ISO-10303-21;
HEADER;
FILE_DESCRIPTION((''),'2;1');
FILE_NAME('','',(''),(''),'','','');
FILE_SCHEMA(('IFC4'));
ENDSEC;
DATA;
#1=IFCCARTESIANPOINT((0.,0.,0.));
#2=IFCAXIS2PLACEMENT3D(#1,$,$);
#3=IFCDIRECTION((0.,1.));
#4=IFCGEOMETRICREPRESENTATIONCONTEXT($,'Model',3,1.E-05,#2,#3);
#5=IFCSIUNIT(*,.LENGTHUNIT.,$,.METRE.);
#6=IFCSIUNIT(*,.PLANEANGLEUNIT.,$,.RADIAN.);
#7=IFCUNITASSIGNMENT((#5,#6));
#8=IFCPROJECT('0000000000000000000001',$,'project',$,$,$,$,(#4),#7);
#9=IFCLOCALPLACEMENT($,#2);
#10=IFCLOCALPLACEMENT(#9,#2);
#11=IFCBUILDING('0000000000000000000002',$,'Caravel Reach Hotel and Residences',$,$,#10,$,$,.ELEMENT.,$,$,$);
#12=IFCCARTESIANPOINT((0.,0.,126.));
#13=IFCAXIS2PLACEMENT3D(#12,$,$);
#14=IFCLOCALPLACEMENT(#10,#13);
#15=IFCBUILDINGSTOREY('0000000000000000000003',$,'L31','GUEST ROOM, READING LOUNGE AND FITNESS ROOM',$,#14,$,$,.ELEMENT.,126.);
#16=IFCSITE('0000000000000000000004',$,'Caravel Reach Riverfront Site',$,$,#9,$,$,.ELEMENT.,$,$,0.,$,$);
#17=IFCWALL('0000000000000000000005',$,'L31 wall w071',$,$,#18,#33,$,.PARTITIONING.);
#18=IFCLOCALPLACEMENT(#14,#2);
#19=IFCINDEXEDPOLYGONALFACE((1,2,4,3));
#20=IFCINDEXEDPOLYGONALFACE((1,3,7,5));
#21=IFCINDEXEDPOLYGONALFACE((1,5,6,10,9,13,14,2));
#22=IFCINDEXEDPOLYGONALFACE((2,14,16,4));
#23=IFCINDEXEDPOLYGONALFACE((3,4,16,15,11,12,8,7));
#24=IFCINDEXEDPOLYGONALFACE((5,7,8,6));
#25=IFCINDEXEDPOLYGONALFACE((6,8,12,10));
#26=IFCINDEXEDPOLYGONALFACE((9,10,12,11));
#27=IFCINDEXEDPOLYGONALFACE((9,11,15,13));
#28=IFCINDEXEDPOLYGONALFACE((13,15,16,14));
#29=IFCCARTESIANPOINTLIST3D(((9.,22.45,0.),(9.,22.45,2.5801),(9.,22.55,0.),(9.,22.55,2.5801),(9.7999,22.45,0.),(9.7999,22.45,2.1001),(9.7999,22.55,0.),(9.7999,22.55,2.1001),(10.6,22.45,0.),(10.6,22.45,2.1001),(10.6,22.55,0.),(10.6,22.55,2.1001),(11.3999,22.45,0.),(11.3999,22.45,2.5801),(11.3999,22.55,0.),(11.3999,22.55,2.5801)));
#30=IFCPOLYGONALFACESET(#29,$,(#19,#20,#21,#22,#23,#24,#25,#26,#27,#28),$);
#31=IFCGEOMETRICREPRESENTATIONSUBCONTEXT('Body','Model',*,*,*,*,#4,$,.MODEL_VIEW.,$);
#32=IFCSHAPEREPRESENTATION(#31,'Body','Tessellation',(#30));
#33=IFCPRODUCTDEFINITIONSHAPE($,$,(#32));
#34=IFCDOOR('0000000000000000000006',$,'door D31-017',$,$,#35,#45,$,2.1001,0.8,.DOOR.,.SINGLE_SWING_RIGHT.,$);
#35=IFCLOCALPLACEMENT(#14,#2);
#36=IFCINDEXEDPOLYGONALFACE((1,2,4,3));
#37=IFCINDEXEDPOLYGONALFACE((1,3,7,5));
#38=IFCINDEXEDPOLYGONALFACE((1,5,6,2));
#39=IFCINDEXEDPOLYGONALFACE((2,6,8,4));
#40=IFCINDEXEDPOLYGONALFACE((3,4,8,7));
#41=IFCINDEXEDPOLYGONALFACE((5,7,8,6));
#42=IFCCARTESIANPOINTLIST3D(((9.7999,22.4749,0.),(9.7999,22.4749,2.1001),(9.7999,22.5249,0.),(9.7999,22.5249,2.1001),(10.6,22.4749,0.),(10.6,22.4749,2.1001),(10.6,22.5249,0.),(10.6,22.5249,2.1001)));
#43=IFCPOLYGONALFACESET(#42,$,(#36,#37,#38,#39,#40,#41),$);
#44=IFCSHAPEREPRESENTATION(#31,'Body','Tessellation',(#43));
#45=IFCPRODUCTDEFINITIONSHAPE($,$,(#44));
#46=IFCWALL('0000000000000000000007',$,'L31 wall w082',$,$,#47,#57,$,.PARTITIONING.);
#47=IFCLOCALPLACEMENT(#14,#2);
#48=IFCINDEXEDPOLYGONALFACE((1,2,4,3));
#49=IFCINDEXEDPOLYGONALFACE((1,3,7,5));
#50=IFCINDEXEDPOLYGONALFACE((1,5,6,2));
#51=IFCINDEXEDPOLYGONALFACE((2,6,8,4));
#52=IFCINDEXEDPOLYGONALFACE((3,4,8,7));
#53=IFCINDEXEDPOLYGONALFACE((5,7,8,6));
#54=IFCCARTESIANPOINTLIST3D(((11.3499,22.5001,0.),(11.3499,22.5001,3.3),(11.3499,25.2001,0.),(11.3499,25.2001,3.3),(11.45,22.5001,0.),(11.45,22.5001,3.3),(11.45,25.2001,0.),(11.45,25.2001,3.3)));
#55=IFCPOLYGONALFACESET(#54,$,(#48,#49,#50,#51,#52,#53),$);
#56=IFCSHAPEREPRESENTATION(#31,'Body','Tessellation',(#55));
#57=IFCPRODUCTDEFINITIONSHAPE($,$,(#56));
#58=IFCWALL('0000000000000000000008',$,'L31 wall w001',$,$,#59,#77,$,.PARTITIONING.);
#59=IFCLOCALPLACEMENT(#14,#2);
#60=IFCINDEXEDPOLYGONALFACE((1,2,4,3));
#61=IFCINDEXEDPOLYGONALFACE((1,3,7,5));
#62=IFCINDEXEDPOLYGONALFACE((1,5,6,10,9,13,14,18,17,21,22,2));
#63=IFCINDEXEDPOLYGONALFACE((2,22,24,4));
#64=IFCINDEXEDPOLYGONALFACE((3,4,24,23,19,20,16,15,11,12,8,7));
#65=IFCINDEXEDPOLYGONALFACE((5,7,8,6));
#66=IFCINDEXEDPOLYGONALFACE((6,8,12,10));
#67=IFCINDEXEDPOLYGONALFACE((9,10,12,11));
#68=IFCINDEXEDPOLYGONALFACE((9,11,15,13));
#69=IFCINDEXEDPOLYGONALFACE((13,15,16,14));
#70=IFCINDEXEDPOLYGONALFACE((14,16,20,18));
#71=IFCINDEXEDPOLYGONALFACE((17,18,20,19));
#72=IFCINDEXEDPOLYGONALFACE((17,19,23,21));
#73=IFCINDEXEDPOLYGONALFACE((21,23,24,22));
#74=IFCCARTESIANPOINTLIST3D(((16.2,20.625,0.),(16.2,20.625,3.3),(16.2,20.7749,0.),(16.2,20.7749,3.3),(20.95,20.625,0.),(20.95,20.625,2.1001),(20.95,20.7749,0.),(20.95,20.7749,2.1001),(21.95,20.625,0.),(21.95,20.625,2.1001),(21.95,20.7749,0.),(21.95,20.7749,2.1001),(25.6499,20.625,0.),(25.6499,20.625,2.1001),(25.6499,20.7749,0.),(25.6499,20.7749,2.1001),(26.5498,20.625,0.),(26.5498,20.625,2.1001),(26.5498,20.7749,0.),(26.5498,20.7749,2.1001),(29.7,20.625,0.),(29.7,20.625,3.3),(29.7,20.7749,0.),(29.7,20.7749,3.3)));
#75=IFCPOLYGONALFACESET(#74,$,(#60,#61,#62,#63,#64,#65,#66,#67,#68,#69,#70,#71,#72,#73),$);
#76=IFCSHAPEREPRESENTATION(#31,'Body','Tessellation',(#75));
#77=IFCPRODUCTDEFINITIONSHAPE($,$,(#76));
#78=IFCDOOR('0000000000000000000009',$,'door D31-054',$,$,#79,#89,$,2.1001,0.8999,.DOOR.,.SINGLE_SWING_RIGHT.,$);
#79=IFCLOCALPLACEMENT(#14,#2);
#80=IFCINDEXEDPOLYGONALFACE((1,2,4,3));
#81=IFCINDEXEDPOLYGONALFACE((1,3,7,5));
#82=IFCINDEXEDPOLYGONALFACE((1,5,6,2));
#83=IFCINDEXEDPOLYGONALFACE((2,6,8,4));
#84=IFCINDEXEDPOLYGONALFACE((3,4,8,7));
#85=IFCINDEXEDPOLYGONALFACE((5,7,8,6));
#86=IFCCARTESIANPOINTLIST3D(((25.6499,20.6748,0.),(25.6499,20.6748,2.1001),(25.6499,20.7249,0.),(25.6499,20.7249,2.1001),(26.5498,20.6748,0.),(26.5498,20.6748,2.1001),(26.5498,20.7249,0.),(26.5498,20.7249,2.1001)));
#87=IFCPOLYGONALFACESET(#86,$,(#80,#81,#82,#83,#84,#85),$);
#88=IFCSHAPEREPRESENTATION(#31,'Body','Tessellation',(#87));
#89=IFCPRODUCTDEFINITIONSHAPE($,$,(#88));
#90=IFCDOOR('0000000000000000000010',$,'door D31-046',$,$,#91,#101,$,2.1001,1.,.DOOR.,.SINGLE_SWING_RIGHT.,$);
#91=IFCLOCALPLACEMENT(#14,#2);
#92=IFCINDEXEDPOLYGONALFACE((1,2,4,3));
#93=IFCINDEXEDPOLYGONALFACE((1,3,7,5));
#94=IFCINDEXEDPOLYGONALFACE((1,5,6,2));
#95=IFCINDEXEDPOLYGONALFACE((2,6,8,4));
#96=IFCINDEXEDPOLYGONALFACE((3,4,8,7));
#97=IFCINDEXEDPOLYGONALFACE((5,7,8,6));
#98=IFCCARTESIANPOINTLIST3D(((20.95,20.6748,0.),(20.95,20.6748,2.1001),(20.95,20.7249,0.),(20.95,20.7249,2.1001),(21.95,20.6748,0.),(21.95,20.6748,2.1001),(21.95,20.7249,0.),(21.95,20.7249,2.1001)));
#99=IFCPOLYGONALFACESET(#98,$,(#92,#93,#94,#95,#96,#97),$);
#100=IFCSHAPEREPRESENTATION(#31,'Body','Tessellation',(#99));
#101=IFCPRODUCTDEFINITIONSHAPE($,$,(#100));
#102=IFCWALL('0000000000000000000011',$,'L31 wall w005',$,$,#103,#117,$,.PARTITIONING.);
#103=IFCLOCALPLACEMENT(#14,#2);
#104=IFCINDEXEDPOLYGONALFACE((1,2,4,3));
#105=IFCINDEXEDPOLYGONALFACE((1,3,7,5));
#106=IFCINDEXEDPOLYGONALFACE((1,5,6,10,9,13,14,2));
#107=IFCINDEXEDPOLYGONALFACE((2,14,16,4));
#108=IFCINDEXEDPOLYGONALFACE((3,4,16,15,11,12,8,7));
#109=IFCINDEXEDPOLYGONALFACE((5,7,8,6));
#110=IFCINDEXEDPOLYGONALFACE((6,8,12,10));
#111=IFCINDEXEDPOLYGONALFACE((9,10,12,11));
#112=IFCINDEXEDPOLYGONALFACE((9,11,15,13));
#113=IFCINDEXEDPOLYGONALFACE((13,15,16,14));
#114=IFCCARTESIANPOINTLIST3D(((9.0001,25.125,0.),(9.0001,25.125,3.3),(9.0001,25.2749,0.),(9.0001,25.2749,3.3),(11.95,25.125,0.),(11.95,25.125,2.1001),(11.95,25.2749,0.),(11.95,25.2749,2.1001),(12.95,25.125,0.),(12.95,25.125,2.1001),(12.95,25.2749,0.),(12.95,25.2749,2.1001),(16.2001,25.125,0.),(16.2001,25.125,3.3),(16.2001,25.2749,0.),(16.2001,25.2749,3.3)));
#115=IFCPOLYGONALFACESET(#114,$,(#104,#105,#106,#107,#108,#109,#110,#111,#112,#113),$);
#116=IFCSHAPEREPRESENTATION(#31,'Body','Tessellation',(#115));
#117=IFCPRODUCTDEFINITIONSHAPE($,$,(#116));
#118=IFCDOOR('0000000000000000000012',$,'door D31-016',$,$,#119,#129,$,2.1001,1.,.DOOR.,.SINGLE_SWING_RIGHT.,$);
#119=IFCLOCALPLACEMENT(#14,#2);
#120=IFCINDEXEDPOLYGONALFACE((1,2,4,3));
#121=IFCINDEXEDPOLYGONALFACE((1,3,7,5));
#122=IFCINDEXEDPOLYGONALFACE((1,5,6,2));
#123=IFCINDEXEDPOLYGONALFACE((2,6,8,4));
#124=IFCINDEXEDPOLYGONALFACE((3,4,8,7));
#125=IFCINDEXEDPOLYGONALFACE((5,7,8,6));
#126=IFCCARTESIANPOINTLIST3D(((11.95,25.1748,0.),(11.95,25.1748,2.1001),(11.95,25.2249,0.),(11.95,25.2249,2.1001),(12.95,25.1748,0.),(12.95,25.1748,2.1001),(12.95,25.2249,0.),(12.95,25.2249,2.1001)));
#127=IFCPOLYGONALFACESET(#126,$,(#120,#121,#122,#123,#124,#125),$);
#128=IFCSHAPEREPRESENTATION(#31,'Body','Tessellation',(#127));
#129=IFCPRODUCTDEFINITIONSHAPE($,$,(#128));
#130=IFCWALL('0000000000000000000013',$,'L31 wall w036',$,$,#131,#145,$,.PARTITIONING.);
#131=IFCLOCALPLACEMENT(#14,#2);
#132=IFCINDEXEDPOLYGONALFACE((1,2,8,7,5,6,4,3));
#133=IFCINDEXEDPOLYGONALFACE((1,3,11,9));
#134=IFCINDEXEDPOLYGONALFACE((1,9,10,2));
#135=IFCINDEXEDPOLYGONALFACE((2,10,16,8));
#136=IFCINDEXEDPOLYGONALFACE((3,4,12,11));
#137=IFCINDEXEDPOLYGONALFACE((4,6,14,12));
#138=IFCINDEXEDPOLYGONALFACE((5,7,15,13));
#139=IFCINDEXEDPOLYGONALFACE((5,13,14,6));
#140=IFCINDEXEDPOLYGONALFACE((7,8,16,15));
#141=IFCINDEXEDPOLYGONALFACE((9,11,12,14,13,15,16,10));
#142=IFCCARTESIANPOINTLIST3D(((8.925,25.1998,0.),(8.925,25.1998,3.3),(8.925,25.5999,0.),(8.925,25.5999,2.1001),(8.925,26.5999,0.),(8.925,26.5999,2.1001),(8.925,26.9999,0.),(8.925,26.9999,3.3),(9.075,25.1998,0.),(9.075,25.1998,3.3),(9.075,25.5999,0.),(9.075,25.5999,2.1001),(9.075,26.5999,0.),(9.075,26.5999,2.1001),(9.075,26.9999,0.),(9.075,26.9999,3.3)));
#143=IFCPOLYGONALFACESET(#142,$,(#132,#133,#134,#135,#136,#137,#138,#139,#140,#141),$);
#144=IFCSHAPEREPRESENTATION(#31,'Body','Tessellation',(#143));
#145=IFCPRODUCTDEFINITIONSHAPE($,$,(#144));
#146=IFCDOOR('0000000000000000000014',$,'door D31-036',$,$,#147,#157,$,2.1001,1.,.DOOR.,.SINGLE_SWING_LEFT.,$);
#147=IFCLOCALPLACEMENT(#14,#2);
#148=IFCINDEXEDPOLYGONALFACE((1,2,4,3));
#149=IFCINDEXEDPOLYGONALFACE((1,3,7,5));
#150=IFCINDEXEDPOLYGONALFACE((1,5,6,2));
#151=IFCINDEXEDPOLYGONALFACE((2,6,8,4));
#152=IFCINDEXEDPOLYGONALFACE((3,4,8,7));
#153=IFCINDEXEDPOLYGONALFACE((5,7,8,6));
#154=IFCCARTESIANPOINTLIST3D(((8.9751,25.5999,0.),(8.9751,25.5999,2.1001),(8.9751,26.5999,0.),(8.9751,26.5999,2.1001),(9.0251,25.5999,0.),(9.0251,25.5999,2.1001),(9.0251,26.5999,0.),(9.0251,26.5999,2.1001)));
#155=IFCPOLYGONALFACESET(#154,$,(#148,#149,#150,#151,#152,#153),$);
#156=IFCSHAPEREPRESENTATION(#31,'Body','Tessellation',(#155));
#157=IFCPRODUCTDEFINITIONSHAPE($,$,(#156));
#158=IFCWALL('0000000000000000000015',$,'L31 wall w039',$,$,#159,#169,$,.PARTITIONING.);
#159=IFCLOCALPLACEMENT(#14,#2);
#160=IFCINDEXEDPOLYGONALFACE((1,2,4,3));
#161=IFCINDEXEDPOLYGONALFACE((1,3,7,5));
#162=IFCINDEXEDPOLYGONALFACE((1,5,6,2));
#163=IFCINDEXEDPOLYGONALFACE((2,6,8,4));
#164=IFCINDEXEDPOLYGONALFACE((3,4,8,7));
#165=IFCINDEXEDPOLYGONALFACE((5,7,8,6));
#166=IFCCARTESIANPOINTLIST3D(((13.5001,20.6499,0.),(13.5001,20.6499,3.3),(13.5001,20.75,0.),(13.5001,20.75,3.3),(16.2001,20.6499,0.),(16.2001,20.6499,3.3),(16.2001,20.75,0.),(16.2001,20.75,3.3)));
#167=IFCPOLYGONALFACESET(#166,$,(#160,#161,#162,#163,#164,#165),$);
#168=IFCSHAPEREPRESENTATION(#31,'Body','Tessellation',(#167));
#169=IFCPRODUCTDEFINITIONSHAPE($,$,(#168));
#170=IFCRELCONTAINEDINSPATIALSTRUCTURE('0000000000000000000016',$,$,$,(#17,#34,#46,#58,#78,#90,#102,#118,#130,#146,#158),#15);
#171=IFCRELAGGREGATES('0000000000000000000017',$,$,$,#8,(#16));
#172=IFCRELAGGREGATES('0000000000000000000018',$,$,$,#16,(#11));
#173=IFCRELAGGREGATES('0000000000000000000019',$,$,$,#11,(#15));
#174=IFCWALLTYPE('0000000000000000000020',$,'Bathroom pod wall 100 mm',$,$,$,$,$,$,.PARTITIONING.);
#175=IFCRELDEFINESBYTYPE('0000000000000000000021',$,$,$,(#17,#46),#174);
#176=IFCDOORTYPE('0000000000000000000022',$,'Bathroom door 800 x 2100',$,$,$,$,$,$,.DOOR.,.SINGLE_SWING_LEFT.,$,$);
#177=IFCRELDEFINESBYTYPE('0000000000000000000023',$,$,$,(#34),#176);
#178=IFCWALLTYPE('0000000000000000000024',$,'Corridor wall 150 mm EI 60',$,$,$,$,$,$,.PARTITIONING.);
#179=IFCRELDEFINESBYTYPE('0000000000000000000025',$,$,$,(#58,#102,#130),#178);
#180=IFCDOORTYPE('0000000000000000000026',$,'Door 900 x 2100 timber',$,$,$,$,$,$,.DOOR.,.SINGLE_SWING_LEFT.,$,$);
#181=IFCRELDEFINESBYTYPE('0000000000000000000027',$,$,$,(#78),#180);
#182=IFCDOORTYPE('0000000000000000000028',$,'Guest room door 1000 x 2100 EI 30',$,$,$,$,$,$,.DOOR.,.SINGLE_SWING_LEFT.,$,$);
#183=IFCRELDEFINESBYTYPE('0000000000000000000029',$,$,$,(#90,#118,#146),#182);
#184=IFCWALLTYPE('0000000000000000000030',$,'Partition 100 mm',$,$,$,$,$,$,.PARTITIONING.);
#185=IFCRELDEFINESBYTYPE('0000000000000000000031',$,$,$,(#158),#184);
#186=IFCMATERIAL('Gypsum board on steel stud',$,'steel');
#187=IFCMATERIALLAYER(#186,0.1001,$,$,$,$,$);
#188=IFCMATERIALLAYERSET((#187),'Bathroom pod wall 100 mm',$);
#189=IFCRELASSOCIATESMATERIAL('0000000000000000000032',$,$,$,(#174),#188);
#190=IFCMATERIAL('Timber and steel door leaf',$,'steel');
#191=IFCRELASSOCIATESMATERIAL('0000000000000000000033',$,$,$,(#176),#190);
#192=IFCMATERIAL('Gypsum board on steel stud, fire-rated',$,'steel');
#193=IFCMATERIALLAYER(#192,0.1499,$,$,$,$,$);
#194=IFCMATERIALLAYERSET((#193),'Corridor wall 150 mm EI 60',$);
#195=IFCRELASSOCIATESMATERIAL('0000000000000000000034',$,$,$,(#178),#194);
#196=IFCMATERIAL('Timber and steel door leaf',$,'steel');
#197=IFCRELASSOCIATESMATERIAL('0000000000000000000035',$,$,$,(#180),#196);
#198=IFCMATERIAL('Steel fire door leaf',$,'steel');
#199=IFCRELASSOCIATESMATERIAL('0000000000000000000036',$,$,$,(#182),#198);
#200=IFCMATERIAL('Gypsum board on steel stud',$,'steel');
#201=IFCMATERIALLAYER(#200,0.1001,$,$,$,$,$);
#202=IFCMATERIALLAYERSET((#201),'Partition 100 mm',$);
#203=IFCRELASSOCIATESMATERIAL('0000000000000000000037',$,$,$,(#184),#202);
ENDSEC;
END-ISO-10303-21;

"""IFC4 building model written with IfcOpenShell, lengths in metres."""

from ifc_helpers import new_model, si_unit, direction, frame, frame_2d, origin, place, context, subcontext, project, spatial, rectangle, extrude, material, layer, layer_set, type_object, element, fill, save


model = new_model("IFC4")

# Units and contexts
model_context = context("Model", 3, precision=1e-05, world=origin(), true_north=direction((0.0, 1.0)))
body_context = subcontext(model_context, "Body", "Model", "MODEL_VIEW")
ifc_project = project(units=[si_unit("LENGTHUNIT", "METRE"), si_unit("PLANEANGLEUNIT", "RADIAN")], contexts=[model_context])

# Site, building, storey
site_placement = place(None, origin())
site = spatial("IfcSite", under=ifc_project, at=site_placement, Name="Caravel Reach Riverfront Site", CompositionType="ELEMENT", RefElevation=0.0)
building_placement = place(site_placement, origin())
building = spatial("IfcBuilding", under=site, at=building_placement, Name="Caravel Reach Hotel and Residences", CompositionType="ELEMENT")
storey_placement = place(building_placement, frame((0.0, 0.0, 126.0)))
storey = spatial("IfcBuildingStorey", under=building, at=storey_placement, Name="L31", Description="GUEST ROOM, READING LOUNGE AND FITNESS ROOM", CompositionType="ELEMENT", Elevation=126.0)

# Wall, opening, door
ifc_material_1 = material(Name="Gypsum board on steel stud", Category="steel")
ifc_layer_1 = layer(ifc_material_1, 0.1001)
ifc_layer_set_1 = layer_set([ifc_layer_1], Name="Bathroom pod wall 100 mm")
wall_type_1 = type_object("IfcWallType", Name="Bathroom pod wall 100 mm", PredefinedType="PARTITIONING", material=ifc_layer_set_1)
wall_1_placement = place(storey_placement, frame((9.0, 22.5, 0.0), z_axis=(0.0, 0.0, 1.0), x_axis=(1.0, 0.0, 0.0)))
wall_1 = element("IfcWall", 1, at=wall_1_placement, inside=storey, type_object=wall_type_1, Name="L31 wall w071", PredefinedType="PARTITIONING", context=body_context, shape_type="SweptSolid", body=[
    extrude(rectangle(XDim=2.3999, YDim=0.1001, at=frame_2d((1.2, 0.0))), origin(), (0.0, 0.0, 1.0), 2.5801),
])
opening_1_placement = place(wall_1_placement, frame((0.8, 0.0, 0.0)))
opening_1 = element("IfcOpeningElement", 2, at=opening_1_placement, cuts=wall_1, PredefinedType="OPENING", context=body_context, shape_type="SweptSolid", body=[
    extrude(rectangle(XDim=0.8, YDim=2.1001, at=frame_2d((0.3999, 1.05))), frame((0.0, 0.0601, 0.0), z_axis=(0.0, -1.0, 0.0), x_axis=(1.0, 0.0, 0.0)), (0.0, 0.0, 1.0), 0.1201),
])
ifc_material_2 = material(Name="Timber and steel door leaf", Category="steel")
door_type_1 = type_object("IfcDoorType", Name="Bathroom door 800 x 2100", OperationType="SINGLE_SWING_LEFT", PredefinedType="DOOR", material=ifc_material_2)
door_1_placement = place(opening_1_placement, origin())
door_1 = element("IfcDoor", 3, at=door_1_placement, inside=storey, type_object=door_type_1, Name="door D31-017", OperationType="SINGLE_SWING_RIGHT", OverallHeight=2.1001, OverallWidth=0.8, PredefinedType="DOOR", context=body_context, shape_type="SweptSolid", body=[
    extrude(rectangle(XDim=0.8, YDim=2.1001, at=frame_2d((0.3999, 1.05))), frame((0.0, 0.0249, 0.0), z_axis=(0.0, -1.0, 0.0), x_axis=(1.0, 0.0, 0.0)), (0.0, 0.0, 1.0), 0.05),
])
fill(opening_1, door_1)

# Wall
wall_2_placement = place(storey_placement, frame((11.3999, 22.5, 0.0), z_axis=(0.0, 0.0, 1.0), x_axis=(0.0, 1.0, 0.0)))
element("IfcWall", 4, at=wall_2_placement, inside=storey, type_object=wall_type_1, Name="L31 wall w082", PredefinedType="PARTITIONING", context=body_context, shape_type="SweptSolid", body=[
    extrude(rectangle(XDim=2.7, YDim=0.1001, at=frame_2d((1.3501, 0.0))), origin(), (0.0, 0.0, 1.0), 3.3),
])

# Wall, openings, doors
ifc_material_3 = material(Name="Gypsum board on steel stud, fire-rated", Category="steel")
ifc_layer_2 = layer(ifc_material_3, 0.1499)
ifc_layer_set_2 = layer_set([ifc_layer_2], Name="Corridor wall 150 mm EI 60")
wall_type_2 = type_object("IfcWallType", Name="Corridor wall 150 mm EI 60", PredefinedType="PARTITIONING", material=ifc_layer_set_2)
wall_3_placement = place(storey_placement, frame((16.2, 20.7, 0.0), z_axis=(0.0, 0.0, 1.0), x_axis=(1.0, 0.0, 0.0)))
wall_3 = element("IfcWall", 5, at=wall_3_placement, inside=storey, type_object=wall_type_2, Name="L31 wall w001", PredefinedType="PARTITIONING", context=body_context, shape_type="SweptSolid", body=[
    extrude(rectangle(XDim=13.5, YDim=0.1499, at=frame_2d((6.75, 0.0))), origin(), (0.0, 0.0, 1.0), 3.3),
])
opening_2_placement = place(wall_3_placement, frame((4.75, 0.0, 0.0)))
opening_2 = element("IfcOpeningElement", 6, at=opening_2_placement, cuts=wall_3, PredefinedType="OPENING", context=body_context, shape_type="SweptSolid", body=[
    extrude(rectangle(XDim=1.0, YDim=2.1001, at=frame_2d((0.5, 1.05))), frame((0.0, 0.085, 0.0), z_axis=(0.0, -1.0, 0.0), x_axis=(1.0, 0.0, 0.0)), (0.0, 0.0, 1.0), 0.1699),
])
opening_3_placement = place(wall_3_placement, frame((9.45, 0.0, 0.0)))
opening_3 = element("IfcOpeningElement", 7, at=opening_3_placement, cuts=wall_3, PredefinedType="OPENING", context=body_context, shape_type="SweptSolid", body=[
    extrude(rectangle(XDim=0.8999, YDim=2.1001, at=frame_2d((0.45, 1.05))), frame((0.0, 0.085, 0.0), z_axis=(0.0, -1.0, 0.0), x_axis=(1.0, 0.0, 0.0)), (0.0, 0.0, 1.0), 0.1699),
])
ifc_material_4 = material(Name="Timber and steel door leaf", Category="steel")
door_type_2 = type_object("IfcDoorType", Name="Door 900 x 2100 timber", OperationType="SINGLE_SWING_LEFT", PredefinedType="DOOR", material=ifc_material_4)
door_2_placement = place(opening_3_placement, origin())
door_2 = element("IfcDoor", 8, at=door_2_placement, inside=storey, type_object=door_type_2, Name="door D31-054", OperationType="SINGLE_SWING_RIGHT", OverallHeight=2.1001, OverallWidth=0.8999, PredefinedType="DOOR", context=body_context, shape_type="SweptSolid", body=[
    extrude(rectangle(XDim=0.8999, YDim=2.1001, at=frame_2d((0.45, 1.05))), frame((0.0, 0.0249, 0.0), z_axis=(0.0, -1.0, 0.0), x_axis=(1.0, 0.0, 0.0)), (0.0, 0.0, 1.0), 0.05),
])
fill(opening_3, door_2)
ifc_material_5 = material(Name="Steel fire door leaf", Category="steel")
door_type_3 = type_object("IfcDoorType", Name="Guest room door 1000 x 2100 EI 30", OperationType="SINGLE_SWING_LEFT", PredefinedType="DOOR", material=ifc_material_5)
door_3_placement = place(opening_2_placement, origin())
door_3 = element("IfcDoor", 9, at=door_3_placement, inside=storey, type_object=door_type_3, Name="door D31-046", OperationType="SINGLE_SWING_RIGHT", OverallHeight=2.1001, OverallWidth=1.0, PredefinedType="DOOR", context=body_context, shape_type="SweptSolid", body=[
    extrude(rectangle(XDim=1.0, YDim=2.1001, at=frame_2d((0.5, 1.05))), frame((0.0, 0.0249, 0.0), z_axis=(0.0, -1.0, 0.0), x_axis=(1.0, 0.0, 0.0)), (0.0, 0.0, 1.0), 0.05),
])
fill(opening_2, door_3)

# Walls, openings, doors
wall_4_placement = place(storey_placement, frame((9.0, 25.2, 0.0), z_axis=(0.0, 0.0, 1.0), x_axis=(1.0, 0.0, 0.0)))
wall_4 = element("IfcWall", 10, at=wall_4_placement, inside=storey, type_object=wall_type_2, Name="L31 wall w005", PredefinedType="PARTITIONING", context=body_context, shape_type="SweptSolid", body=[
    extrude(rectangle(XDim=7.2, YDim=0.1499, at=frame_2d((3.6001, 0.0))), origin(), (0.0, 0.0, 1.0), 3.3),
])
opening_4_placement = place(wall_4_placement, frame((2.95, 0.0, 0.0)))
opening_4 = element("IfcOpeningElement", 11, at=opening_4_placement, cuts=wall_4, PredefinedType="OPENING", context=body_context, shape_type="SweptSolid", body=[
    extrude(rectangle(XDim=1.0, YDim=2.1001, at=frame_2d((0.5, 1.05))), frame((0.0, 0.085, 0.0), z_axis=(0.0, -1.0, 0.0), x_axis=(1.0, 0.0, 0.0)), (0.0, 0.0, 1.0), 0.1699),
])
door_4_placement = place(opening_4_placement, origin())
door_4 = element("IfcDoor", 12, at=door_4_placement, inside=storey, type_object=door_type_3, Name="door D31-016", OperationType="SINGLE_SWING_RIGHT", OverallHeight=2.1001, OverallWidth=1.0, PredefinedType="DOOR", context=body_context, shape_type="SweptSolid", body=[
    extrude(rectangle(XDim=1.0, YDim=2.1001, at=frame_2d((0.5, 1.05))), frame((0.0, 0.0249, 0.0), z_axis=(0.0, -1.0, 0.0), x_axis=(1.0, 0.0, 0.0)), (0.0, 0.0, 1.0), 0.05),
])
fill(opening_4, door_4)
wall_5_placement = place(storey_placement, frame((9.0, 25.2, 0.0), z_axis=(0.0, 0.0, 1.0), x_axis=(0.0, 1.0, 0.0)))
wall_5 = element("IfcWall", 13, at=wall_5_placement, inside=storey, type_object=wall_type_2, Name="L31 wall w036", PredefinedType="PARTITIONING", context=body_context, shape_type="SweptSolid", body=[
    extrude(rectangle(XDim=1.8, YDim=0.1499, at=frame_2d((0.8999, 0.0))), origin(), (0.0, 0.0, 1.0), 3.3),
])
opening_5_placement = place(wall_5_placement, frame((0.3999, 0.0, 0.0)))
opening_5 = element("IfcOpeningElement", 14, at=opening_5_placement, cuts=wall_5, PredefinedType="OPENING", context=body_context, shape_type="SweptSolid", body=[
    extrude(rectangle(XDim=1.0, YDim=2.1001, at=frame_2d((0.5, 1.05))), frame((0.0, 0.085, 0.0), z_axis=(0.0, -1.0, 0.0), x_axis=(1.0, 0.0, 0.0)), (0.0, 0.0, 1.0), 0.1699),
])
door_5_placement = place(opening_5_placement, origin())
door_5 = element("IfcDoor", 15, at=door_5_placement, inside=storey, type_object=door_type_3, Name="door D31-036", OperationType="SINGLE_SWING_LEFT", OverallHeight=2.1001, OverallWidth=1.0, PredefinedType="DOOR", context=body_context, shape_type="SweptSolid", body=[
    extrude(rectangle(XDim=1.0, YDim=2.1001, at=frame_2d((0.5, 1.05))), frame((0.0, 0.0249, 0.0), z_axis=(0.0, -1.0, 0.0), x_axis=(1.0, 0.0, 0.0)), (0.0, 0.0, 1.0), 0.05),
])
fill(opening_5, door_5)

# Wall
ifc_material_6 = material(Name="Gypsum board on steel stud", Category="steel")
ifc_layer_3 = layer(ifc_material_6, 0.1001)
ifc_layer_set_3 = layer_set([ifc_layer_3], Name="Partition 100 mm")
wall_type_3 = type_object("IfcWallType", Name="Partition 100 mm", PredefinedType="PARTITIONING", material=ifc_layer_set_3)
wall_6_placement = place(storey_placement, frame((13.5, 20.7, 0.0), z_axis=(0.0, 0.0, 1.0), x_axis=(1.0, 0.0, 0.0)))
element("IfcWall", 16, at=wall_6_placement, inside=storey, type_object=wall_type_3, Name="L31 wall w039", PredefinedType="PARTITIONING", context=body_context, shape_type="SweptSolid", body=[
    extrude(rectangle(XDim=2.7, YDim=0.1001, at=frame_2d((1.3501, 0.0))), origin(), (0.0, 0.0, 1.0), 3.3),
])

save(model, "model.ifc")
